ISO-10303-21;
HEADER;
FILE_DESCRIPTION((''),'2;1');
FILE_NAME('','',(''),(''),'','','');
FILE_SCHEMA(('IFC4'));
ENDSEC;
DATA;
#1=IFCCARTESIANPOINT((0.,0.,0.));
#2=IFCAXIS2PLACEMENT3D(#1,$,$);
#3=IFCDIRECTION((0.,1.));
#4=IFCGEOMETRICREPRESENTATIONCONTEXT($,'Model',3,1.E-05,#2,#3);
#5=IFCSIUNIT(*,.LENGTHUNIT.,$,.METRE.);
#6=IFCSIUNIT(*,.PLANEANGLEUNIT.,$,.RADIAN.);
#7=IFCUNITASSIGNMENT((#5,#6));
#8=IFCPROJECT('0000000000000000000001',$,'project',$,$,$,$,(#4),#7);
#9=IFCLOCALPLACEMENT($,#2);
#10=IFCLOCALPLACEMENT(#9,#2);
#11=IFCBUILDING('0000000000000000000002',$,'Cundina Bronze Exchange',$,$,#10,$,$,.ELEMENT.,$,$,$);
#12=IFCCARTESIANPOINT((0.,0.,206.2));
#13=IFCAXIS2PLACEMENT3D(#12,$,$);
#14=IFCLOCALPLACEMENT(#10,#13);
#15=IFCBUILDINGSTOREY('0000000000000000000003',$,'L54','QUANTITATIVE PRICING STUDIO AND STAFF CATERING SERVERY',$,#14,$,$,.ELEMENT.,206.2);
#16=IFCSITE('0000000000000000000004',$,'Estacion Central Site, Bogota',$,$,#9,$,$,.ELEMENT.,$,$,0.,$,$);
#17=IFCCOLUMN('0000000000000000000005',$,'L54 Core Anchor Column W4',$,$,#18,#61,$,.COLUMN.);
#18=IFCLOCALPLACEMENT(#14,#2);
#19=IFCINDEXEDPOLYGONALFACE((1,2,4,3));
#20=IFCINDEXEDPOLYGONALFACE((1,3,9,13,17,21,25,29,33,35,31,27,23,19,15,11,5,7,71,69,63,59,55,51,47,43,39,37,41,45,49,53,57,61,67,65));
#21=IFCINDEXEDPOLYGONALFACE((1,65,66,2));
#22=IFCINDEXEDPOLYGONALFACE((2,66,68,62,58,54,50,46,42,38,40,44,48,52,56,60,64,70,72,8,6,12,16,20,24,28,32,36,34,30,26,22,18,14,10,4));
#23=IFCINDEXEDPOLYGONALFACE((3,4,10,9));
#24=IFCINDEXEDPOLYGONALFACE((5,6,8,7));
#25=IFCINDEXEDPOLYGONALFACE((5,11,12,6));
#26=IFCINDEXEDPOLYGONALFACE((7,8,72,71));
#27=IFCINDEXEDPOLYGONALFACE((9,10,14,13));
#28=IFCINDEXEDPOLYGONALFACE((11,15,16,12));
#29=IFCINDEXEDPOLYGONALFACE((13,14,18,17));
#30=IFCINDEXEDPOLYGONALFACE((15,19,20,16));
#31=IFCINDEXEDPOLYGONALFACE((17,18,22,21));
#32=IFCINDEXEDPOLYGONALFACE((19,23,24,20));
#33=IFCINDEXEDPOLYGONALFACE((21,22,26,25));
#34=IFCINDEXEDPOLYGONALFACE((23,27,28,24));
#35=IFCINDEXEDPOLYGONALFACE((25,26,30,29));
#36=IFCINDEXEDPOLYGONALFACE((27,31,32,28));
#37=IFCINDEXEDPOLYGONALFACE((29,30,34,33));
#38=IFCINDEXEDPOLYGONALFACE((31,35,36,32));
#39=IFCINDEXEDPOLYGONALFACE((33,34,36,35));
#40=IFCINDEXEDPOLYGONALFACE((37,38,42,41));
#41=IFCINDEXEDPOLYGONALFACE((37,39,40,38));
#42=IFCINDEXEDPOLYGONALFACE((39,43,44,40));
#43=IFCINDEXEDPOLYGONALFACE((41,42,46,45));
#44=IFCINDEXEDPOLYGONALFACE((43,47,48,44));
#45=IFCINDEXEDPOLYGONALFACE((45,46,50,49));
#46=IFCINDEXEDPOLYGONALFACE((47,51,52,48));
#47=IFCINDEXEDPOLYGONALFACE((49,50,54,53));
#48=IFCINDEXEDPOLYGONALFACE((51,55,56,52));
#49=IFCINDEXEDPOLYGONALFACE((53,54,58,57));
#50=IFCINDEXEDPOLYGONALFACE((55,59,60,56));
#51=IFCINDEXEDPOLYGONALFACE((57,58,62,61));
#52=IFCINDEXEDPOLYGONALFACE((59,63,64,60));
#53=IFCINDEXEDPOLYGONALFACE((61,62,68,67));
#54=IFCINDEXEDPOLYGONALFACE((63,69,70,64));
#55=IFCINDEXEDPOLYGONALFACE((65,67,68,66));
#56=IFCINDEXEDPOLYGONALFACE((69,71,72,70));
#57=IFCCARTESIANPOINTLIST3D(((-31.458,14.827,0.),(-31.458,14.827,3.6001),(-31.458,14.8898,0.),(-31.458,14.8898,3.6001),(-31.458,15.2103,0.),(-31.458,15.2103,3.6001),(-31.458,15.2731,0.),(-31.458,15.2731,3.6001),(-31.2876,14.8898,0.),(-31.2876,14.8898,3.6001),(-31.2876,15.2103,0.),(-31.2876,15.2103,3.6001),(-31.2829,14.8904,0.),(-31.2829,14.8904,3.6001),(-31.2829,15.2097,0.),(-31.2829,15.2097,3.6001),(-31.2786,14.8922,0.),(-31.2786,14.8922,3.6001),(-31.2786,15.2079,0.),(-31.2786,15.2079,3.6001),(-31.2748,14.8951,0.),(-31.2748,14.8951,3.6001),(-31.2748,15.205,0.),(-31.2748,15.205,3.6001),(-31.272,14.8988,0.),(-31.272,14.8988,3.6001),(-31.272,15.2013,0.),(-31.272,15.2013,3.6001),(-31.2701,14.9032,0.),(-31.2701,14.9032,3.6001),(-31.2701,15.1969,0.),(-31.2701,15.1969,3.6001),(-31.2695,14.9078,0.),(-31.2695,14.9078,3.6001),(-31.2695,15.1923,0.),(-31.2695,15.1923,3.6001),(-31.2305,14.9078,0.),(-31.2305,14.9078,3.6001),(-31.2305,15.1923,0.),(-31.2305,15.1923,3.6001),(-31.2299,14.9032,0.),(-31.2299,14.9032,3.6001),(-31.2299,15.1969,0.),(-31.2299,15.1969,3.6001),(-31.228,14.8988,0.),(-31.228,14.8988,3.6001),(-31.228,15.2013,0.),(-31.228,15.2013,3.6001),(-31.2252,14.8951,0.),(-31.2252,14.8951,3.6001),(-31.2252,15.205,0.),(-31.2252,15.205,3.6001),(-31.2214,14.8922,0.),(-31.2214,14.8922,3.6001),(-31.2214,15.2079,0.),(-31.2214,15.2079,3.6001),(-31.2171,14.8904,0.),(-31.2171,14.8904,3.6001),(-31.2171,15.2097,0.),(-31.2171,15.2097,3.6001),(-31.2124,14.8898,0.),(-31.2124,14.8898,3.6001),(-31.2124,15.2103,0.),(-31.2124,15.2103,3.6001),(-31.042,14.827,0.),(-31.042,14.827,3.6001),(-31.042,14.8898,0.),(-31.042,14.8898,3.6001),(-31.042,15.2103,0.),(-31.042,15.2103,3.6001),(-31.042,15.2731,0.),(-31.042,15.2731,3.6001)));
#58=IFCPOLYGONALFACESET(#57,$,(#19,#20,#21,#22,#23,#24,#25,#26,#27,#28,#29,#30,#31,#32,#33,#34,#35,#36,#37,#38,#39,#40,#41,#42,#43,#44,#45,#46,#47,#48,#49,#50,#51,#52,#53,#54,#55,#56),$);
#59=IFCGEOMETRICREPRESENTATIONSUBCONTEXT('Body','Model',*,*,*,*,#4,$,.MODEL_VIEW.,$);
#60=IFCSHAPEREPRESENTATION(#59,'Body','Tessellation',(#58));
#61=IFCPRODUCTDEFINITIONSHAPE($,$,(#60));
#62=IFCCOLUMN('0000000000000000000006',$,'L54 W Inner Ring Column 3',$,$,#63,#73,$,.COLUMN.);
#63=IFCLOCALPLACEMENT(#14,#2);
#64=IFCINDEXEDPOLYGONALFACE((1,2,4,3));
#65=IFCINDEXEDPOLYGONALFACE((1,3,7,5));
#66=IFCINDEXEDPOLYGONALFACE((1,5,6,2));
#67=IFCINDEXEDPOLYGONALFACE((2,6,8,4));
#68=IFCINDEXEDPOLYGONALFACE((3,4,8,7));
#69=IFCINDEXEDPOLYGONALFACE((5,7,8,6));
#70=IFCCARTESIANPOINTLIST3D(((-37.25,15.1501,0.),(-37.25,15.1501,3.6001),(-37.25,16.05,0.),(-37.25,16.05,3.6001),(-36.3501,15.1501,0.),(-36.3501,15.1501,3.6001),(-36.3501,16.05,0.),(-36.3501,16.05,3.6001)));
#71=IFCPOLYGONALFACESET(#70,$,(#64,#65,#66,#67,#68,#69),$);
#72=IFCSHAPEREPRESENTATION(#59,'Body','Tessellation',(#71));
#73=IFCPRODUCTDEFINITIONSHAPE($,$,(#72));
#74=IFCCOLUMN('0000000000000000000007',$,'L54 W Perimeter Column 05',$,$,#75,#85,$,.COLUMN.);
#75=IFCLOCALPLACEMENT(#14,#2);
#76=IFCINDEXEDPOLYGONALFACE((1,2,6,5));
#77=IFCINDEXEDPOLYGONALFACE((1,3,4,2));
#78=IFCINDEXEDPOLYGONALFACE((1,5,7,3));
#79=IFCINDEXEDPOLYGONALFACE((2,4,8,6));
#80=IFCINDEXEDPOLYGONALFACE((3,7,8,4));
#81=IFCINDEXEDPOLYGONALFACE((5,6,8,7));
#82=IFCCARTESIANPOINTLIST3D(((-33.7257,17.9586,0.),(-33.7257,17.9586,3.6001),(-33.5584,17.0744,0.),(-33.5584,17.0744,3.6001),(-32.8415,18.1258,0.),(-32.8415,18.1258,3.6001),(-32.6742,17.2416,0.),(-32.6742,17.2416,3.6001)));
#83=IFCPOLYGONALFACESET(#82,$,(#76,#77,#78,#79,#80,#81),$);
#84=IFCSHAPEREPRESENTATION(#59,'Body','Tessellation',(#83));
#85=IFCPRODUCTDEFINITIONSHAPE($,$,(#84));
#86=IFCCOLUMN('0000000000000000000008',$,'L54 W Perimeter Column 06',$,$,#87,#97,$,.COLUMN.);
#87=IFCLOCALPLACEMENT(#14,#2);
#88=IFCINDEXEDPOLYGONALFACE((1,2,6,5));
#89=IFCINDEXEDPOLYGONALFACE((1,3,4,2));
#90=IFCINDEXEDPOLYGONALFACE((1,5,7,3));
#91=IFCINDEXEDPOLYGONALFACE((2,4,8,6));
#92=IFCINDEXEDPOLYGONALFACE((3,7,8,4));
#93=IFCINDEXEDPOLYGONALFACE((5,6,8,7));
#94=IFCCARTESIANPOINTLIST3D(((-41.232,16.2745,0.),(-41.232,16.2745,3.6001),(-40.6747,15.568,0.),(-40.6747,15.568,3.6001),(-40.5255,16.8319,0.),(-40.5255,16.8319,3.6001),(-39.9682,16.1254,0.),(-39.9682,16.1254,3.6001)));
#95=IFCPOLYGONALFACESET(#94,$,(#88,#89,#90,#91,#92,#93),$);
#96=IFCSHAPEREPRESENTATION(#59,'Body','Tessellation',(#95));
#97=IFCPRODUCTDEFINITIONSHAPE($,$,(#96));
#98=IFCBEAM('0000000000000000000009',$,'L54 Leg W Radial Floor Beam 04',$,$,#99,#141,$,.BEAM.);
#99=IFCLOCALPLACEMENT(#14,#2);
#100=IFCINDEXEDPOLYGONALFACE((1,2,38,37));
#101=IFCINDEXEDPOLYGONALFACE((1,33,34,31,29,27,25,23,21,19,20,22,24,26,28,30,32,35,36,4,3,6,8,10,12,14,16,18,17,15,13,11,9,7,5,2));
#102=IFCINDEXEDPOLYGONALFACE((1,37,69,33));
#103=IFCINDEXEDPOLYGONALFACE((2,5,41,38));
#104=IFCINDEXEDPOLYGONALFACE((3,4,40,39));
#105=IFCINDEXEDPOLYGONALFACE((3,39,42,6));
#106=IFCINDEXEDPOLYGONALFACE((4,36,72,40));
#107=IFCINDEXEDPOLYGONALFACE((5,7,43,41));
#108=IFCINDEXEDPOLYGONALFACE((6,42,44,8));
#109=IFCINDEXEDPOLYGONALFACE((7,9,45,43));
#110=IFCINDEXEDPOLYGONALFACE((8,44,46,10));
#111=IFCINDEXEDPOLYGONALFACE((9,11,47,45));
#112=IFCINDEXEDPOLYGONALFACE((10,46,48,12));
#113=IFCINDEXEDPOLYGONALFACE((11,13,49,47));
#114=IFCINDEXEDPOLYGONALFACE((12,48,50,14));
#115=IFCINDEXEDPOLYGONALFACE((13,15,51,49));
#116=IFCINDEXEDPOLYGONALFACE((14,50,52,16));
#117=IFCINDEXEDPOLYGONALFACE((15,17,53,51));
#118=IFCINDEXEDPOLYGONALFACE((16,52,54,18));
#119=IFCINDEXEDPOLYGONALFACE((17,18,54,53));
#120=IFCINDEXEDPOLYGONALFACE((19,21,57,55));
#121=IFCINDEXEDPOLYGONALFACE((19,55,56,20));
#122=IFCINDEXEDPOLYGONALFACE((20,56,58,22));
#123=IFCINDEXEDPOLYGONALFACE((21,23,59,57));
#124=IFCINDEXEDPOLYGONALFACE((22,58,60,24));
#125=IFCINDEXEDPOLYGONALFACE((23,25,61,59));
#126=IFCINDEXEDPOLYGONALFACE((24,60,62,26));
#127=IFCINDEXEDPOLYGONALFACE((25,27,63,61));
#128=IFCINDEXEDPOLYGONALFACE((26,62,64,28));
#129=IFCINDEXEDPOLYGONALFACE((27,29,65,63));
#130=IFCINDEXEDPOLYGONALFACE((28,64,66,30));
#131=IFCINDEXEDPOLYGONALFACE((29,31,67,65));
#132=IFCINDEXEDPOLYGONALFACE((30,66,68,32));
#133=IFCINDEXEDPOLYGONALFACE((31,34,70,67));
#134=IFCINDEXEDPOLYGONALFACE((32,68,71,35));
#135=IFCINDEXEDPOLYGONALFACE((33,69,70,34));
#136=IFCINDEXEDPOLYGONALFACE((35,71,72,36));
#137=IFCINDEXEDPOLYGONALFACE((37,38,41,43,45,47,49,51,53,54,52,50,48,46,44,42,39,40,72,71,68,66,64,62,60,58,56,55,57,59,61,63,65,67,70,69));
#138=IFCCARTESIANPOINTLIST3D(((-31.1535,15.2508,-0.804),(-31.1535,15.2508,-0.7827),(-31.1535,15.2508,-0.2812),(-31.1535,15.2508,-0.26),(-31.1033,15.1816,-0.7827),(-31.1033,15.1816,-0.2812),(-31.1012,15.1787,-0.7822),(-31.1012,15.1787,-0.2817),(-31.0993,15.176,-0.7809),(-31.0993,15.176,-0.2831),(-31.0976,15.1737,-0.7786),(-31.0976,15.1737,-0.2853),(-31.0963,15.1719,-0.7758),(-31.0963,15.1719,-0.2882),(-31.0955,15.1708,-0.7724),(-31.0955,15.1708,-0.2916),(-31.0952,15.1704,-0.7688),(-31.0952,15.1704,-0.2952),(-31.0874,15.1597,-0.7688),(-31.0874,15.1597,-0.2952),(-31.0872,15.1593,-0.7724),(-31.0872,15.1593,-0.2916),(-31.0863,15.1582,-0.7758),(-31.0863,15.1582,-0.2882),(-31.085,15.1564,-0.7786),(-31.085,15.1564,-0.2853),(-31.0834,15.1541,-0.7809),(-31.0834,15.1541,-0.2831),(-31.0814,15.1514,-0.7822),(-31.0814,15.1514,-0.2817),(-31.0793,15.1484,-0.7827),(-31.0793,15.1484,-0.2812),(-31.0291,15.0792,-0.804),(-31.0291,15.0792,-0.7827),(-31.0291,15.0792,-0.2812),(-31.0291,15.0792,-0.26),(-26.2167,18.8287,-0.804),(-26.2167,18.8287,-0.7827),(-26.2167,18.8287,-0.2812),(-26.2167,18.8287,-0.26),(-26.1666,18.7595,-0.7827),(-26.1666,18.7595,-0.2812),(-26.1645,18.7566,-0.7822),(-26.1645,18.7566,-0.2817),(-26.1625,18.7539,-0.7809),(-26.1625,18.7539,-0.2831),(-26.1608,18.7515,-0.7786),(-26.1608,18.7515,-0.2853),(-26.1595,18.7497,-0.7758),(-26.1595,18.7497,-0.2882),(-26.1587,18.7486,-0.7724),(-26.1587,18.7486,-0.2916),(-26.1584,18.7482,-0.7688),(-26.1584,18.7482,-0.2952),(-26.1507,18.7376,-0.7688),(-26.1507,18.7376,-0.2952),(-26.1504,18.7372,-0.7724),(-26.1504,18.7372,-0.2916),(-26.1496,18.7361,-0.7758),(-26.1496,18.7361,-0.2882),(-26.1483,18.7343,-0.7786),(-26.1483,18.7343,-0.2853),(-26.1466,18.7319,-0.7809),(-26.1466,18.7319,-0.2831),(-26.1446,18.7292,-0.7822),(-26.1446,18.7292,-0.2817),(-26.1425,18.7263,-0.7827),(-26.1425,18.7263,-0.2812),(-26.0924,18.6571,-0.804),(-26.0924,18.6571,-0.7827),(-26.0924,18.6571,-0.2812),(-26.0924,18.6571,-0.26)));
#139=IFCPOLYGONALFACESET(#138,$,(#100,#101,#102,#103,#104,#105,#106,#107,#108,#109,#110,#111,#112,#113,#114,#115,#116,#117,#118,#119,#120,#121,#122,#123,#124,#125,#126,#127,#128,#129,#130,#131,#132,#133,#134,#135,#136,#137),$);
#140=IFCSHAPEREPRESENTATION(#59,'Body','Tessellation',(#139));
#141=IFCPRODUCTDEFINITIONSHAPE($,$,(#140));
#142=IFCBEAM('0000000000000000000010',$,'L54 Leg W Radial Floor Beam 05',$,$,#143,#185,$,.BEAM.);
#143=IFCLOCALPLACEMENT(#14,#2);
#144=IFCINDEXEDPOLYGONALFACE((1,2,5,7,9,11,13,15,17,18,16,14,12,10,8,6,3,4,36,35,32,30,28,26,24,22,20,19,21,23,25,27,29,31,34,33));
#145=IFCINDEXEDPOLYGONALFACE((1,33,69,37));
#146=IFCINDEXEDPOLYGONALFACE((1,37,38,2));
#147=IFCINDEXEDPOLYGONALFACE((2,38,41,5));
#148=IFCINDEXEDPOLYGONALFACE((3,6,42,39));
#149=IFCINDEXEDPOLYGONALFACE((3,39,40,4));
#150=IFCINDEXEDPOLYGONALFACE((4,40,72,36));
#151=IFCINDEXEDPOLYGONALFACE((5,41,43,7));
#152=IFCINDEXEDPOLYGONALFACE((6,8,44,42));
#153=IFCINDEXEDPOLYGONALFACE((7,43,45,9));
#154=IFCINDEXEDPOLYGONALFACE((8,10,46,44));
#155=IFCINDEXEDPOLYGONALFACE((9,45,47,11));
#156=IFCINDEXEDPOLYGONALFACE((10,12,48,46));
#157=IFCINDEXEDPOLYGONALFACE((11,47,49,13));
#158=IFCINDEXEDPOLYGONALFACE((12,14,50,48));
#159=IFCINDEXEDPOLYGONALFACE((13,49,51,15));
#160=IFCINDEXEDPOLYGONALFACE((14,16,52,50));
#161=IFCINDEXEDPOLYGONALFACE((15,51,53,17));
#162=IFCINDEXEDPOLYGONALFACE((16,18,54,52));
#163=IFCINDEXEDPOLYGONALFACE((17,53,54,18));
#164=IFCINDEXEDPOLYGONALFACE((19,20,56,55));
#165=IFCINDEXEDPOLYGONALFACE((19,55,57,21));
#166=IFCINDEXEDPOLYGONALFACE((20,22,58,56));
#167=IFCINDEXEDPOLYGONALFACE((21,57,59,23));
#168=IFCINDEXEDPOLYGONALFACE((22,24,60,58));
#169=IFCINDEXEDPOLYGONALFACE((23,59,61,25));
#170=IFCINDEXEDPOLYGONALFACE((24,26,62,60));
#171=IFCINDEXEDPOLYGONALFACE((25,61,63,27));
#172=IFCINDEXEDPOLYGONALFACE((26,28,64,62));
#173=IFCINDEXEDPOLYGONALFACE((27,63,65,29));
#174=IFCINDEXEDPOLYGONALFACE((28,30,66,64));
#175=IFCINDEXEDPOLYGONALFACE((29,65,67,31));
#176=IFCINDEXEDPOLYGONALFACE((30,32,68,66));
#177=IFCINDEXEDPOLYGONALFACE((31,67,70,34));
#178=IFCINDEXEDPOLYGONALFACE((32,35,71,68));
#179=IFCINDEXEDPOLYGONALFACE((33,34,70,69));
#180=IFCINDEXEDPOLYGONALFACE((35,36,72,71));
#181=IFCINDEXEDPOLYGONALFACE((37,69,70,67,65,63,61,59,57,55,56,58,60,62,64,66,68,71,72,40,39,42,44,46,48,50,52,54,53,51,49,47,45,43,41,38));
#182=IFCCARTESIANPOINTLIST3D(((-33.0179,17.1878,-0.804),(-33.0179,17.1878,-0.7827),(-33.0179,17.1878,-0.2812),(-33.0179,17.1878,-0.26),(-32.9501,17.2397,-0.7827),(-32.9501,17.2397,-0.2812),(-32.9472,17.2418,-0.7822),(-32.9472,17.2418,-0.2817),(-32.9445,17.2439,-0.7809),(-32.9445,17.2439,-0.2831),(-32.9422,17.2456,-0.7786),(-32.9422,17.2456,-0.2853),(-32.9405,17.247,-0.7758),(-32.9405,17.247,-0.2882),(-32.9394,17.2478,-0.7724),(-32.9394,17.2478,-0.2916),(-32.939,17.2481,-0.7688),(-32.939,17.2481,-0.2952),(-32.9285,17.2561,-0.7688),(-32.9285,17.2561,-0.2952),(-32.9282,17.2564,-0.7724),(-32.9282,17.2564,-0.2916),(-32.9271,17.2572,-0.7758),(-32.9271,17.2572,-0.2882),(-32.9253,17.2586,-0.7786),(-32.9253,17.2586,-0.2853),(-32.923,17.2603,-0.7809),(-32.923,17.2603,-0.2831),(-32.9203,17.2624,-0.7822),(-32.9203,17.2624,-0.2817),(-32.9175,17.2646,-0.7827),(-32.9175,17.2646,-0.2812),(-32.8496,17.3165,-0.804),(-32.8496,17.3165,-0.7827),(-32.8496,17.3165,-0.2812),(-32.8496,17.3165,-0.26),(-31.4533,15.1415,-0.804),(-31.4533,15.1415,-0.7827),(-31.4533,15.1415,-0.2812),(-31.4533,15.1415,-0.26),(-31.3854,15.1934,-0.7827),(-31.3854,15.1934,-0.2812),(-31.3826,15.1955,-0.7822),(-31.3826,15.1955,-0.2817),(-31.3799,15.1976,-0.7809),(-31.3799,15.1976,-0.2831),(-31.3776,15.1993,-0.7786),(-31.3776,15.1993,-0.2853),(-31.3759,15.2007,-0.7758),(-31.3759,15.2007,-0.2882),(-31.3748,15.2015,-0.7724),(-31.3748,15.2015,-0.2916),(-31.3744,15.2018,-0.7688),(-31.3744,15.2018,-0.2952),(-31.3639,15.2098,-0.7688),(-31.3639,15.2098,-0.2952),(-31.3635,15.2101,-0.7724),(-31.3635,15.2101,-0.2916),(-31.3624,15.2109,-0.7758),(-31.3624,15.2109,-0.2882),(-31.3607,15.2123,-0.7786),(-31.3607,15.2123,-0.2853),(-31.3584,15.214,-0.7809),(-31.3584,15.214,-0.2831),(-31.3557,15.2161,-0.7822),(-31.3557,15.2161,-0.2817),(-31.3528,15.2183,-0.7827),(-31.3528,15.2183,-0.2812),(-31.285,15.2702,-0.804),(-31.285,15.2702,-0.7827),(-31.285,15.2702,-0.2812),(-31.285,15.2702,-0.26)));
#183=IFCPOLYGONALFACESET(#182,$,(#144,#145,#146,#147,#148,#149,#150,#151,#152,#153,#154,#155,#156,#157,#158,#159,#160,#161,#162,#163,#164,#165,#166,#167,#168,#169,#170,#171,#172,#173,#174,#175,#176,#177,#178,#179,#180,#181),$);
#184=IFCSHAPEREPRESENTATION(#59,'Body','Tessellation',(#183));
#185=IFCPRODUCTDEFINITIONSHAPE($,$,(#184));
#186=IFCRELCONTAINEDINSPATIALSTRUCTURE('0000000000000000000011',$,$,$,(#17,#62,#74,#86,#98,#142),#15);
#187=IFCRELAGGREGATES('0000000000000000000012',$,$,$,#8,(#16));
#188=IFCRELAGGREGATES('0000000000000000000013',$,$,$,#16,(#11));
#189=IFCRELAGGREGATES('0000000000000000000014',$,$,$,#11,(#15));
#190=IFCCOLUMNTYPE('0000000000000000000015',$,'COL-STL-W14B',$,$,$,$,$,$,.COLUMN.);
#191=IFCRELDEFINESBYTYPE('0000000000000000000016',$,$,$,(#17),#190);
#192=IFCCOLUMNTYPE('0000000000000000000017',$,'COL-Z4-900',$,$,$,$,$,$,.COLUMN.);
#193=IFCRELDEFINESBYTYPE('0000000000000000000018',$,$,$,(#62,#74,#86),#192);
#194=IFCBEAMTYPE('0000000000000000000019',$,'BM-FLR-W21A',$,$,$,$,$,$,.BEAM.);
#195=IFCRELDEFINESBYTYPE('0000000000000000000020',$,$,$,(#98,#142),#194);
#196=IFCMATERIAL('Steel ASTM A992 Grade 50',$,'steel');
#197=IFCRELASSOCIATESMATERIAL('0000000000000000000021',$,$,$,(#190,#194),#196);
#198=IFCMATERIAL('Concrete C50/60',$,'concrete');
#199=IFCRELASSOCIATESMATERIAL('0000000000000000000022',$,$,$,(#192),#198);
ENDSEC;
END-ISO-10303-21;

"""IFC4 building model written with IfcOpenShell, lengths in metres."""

from ifc_helpers import new_model, si_unit, direction, frame, origin, origin_2d, place, context, subcontext, project, spatial, rectangle, i_section, extrude, material, material_profile, profile_set, type_object, element, save


model = new_model("IFC4")

# Units and contexts
model_context = context("Model", 3, precision=1e-05, world=origin(), true_north=direction((0.0, 1.0)))
body_context = subcontext(model_context, "Body", "Model", "MODEL_VIEW")
ifc_project = project(units=[si_unit("LENGTHUNIT", "METRE"), si_unit("PLANEANGLEUNIT", "RADIAN")], contexts=[model_context])

# Site, building, storey
site_placement = place(None, origin())
site = spatial("IfcSite", under=ifc_project, at=site_placement, Name="Estacion Central Site, Bogota", CompositionType="ELEMENT", RefElevation=0.0)
building_placement = place(site_placement, origin())
building = spatial("IfcBuilding", under=site, at=building_placement, Name="Cundina Bronze Exchange", CompositionType="ELEMENT")
storey_placement = place(building_placement, frame((0.0, 0.0, 206.2)))
storey = spatial("IfcBuildingStorey", under=building, at=storey_placement, Name="L54", Description="QUANTITATIVE PRICING STUDIO AND STAFF CATERING SERVERY", CompositionType="ELEMENT", Elevation=206.2)

# Columns
ifc_material_1 = material(Name="Steel ASTM A992 Grade 50", Category="steel")
ifc_material_profile_1 = material_profile(ifc_material_1, i_section(OverallWidth=0.416, OverallDepth=0.446, WebThickness=0.0391, FlangeThickness=0.0627, FilletRadius=0.0181, at=origin_2d()), Name="W14X342", Category="steel")
ifc_profile_set_1 = profile_set([ifc_material_profile_1], Name="Steel ASTM A992 Grade 50")
column_type_1 = type_object("IfcColumnType", Name="COL-STL-W14B", PredefinedType="COLUMN", material=ifc_profile_set_1)
column_placement = place(storey_placement, frame((-31.25, 15.05, 0.0), z_axis=(0.0, 0.0, 1.0), x_axis=(1.0, 0.0, 0.0)))
element("IfcColumn", 1, at=column_placement, inside=storey, type_object=column_type_1, Name="L54 Core Anchor Column W4", PredefinedType="COLUMN", context=body_context, shape_type="SweptSolid", body=[
    extrude(i_section(OverallWidth=0.416, OverallDepth=0.446, WebThickness=0.0391, FlangeThickness=0.0627, FilletRadius=0.0181, at=origin_2d()), origin(), (0.0, 0.0, 1.0), 3.6001),
])
ifc_material_2 = material(Name="Concrete C50/60", Category="concrete")
ifc_material_profile_2 = material_profile(ifc_material_2, rectangle(XDim=0.8999, YDim=0.8999, at=origin_2d()), Name="RC900X900", Category="concrete")
ifc_profile_set_2 = profile_set([ifc_material_profile_2], Name="Concrete C50/60")
column_type_2 = type_object("IfcColumnType", Name="COL-Z4-900", PredefinedType="COLUMN", material=ifc_profile_set_2)
for number, where, z_axis, x_axis, name in (
    (2, (-36.8, 15.6001, 0.0), (0.0, 0.0, 1.0), (1.0, 0.0, 0.0), "L54 W Inner Ring Column 3"),
    (3, (-33.2, 17.6001, 0.0), (0.0, 0.0, 1.0), (-0.98258, -0.185838, 0.0), "L54 W Perimeter Column 05"),
    (4, (-40.6001, 16.2, 0.0), (0.0, 0.0, 1.0), (-0.785101, -0.619368, 0.0), "L54 W Perimeter Column 06"),
):
    element("IfcColumn", number, at=place(storey_placement, frame(where, z_axis=z_axis, x_axis=x_axis)), inside=storey, type_object=column_type_2, Name=name, PredefinedType="COLUMN", context=body_context, shape_type="SweptSolid", body=[
        extrude(rectangle(XDim=0.8999, YDim=0.8999, at=origin_2d()), origin(), (0.0, 0.0, 1.0), 3.6001),
    ])

# Beams
ifc_material_profile_3 = material_profile(ifc_material_1, i_section(OverallWidth=0.2119, OverallDepth=0.5439, WebThickness=0.0132, FlangeThickness=0.0212, FilletRadius=0.0139, at=origin_2d()), Name="W21X83", Category="steel")
ifc_profile_set_3 = profile_set([ifc_material_profile_3], Name="Steel ASTM A992 Grade 50")
beam_type_1 = type_object("IfcBeamType", Name="BM-FLR-W21A", PredefinedType="BEAM", material=ifc_profile_set_3)
beam_1_placement = place(storey_placement, frame((-31.0913, 15.165, -0.532), z_axis=(0.80971, 0.58683, 0.0), x_axis=(-0.58683, 0.80971, 0.0)))
element("IfcBeam", 5, at=beam_1_placement, inside=storey, type_object=beam_type_1, Name="L54 Leg W Radial Floor Beam 04", PredefinedType="BEAM", context=body_context, shape_type="SweptSolid", body=[
    extrude(i_section(OverallWidth=0.2119, OverallDepth=0.5439, WebThickness=0.0132, FlangeThickness=0.0212, FilletRadius=0.0139, at=origin_2d()), origin(), (0.0, 0.0, 1.0), 6.0969),
])
beam_2_placement = place(storey_placement, frame((-31.3691, 15.2058, -0.532), z_axis=(-0.607404, 0.794393, 0.0), x_axis=(-0.794393, -0.607404, 0.0)))
element("IfcBeam", 6, at=beam_2_placement, inside=storey, type_object=beam_type_1, Name="L54 Leg W Radial Floor Beam 05", PredefinedType="BEAM", context=body_context, shape_type="SweptSolid", body=[
    extrude(i_section(OverallWidth=0.2119, OverallDepth=0.5439, WebThickness=0.0132, FlangeThickness=0.0212, FilletRadius=0.0139, at=origin_2d()), origin(), (0.0, 0.0, 1.0), 2.5759),
])

save(model, "model.ifc")
